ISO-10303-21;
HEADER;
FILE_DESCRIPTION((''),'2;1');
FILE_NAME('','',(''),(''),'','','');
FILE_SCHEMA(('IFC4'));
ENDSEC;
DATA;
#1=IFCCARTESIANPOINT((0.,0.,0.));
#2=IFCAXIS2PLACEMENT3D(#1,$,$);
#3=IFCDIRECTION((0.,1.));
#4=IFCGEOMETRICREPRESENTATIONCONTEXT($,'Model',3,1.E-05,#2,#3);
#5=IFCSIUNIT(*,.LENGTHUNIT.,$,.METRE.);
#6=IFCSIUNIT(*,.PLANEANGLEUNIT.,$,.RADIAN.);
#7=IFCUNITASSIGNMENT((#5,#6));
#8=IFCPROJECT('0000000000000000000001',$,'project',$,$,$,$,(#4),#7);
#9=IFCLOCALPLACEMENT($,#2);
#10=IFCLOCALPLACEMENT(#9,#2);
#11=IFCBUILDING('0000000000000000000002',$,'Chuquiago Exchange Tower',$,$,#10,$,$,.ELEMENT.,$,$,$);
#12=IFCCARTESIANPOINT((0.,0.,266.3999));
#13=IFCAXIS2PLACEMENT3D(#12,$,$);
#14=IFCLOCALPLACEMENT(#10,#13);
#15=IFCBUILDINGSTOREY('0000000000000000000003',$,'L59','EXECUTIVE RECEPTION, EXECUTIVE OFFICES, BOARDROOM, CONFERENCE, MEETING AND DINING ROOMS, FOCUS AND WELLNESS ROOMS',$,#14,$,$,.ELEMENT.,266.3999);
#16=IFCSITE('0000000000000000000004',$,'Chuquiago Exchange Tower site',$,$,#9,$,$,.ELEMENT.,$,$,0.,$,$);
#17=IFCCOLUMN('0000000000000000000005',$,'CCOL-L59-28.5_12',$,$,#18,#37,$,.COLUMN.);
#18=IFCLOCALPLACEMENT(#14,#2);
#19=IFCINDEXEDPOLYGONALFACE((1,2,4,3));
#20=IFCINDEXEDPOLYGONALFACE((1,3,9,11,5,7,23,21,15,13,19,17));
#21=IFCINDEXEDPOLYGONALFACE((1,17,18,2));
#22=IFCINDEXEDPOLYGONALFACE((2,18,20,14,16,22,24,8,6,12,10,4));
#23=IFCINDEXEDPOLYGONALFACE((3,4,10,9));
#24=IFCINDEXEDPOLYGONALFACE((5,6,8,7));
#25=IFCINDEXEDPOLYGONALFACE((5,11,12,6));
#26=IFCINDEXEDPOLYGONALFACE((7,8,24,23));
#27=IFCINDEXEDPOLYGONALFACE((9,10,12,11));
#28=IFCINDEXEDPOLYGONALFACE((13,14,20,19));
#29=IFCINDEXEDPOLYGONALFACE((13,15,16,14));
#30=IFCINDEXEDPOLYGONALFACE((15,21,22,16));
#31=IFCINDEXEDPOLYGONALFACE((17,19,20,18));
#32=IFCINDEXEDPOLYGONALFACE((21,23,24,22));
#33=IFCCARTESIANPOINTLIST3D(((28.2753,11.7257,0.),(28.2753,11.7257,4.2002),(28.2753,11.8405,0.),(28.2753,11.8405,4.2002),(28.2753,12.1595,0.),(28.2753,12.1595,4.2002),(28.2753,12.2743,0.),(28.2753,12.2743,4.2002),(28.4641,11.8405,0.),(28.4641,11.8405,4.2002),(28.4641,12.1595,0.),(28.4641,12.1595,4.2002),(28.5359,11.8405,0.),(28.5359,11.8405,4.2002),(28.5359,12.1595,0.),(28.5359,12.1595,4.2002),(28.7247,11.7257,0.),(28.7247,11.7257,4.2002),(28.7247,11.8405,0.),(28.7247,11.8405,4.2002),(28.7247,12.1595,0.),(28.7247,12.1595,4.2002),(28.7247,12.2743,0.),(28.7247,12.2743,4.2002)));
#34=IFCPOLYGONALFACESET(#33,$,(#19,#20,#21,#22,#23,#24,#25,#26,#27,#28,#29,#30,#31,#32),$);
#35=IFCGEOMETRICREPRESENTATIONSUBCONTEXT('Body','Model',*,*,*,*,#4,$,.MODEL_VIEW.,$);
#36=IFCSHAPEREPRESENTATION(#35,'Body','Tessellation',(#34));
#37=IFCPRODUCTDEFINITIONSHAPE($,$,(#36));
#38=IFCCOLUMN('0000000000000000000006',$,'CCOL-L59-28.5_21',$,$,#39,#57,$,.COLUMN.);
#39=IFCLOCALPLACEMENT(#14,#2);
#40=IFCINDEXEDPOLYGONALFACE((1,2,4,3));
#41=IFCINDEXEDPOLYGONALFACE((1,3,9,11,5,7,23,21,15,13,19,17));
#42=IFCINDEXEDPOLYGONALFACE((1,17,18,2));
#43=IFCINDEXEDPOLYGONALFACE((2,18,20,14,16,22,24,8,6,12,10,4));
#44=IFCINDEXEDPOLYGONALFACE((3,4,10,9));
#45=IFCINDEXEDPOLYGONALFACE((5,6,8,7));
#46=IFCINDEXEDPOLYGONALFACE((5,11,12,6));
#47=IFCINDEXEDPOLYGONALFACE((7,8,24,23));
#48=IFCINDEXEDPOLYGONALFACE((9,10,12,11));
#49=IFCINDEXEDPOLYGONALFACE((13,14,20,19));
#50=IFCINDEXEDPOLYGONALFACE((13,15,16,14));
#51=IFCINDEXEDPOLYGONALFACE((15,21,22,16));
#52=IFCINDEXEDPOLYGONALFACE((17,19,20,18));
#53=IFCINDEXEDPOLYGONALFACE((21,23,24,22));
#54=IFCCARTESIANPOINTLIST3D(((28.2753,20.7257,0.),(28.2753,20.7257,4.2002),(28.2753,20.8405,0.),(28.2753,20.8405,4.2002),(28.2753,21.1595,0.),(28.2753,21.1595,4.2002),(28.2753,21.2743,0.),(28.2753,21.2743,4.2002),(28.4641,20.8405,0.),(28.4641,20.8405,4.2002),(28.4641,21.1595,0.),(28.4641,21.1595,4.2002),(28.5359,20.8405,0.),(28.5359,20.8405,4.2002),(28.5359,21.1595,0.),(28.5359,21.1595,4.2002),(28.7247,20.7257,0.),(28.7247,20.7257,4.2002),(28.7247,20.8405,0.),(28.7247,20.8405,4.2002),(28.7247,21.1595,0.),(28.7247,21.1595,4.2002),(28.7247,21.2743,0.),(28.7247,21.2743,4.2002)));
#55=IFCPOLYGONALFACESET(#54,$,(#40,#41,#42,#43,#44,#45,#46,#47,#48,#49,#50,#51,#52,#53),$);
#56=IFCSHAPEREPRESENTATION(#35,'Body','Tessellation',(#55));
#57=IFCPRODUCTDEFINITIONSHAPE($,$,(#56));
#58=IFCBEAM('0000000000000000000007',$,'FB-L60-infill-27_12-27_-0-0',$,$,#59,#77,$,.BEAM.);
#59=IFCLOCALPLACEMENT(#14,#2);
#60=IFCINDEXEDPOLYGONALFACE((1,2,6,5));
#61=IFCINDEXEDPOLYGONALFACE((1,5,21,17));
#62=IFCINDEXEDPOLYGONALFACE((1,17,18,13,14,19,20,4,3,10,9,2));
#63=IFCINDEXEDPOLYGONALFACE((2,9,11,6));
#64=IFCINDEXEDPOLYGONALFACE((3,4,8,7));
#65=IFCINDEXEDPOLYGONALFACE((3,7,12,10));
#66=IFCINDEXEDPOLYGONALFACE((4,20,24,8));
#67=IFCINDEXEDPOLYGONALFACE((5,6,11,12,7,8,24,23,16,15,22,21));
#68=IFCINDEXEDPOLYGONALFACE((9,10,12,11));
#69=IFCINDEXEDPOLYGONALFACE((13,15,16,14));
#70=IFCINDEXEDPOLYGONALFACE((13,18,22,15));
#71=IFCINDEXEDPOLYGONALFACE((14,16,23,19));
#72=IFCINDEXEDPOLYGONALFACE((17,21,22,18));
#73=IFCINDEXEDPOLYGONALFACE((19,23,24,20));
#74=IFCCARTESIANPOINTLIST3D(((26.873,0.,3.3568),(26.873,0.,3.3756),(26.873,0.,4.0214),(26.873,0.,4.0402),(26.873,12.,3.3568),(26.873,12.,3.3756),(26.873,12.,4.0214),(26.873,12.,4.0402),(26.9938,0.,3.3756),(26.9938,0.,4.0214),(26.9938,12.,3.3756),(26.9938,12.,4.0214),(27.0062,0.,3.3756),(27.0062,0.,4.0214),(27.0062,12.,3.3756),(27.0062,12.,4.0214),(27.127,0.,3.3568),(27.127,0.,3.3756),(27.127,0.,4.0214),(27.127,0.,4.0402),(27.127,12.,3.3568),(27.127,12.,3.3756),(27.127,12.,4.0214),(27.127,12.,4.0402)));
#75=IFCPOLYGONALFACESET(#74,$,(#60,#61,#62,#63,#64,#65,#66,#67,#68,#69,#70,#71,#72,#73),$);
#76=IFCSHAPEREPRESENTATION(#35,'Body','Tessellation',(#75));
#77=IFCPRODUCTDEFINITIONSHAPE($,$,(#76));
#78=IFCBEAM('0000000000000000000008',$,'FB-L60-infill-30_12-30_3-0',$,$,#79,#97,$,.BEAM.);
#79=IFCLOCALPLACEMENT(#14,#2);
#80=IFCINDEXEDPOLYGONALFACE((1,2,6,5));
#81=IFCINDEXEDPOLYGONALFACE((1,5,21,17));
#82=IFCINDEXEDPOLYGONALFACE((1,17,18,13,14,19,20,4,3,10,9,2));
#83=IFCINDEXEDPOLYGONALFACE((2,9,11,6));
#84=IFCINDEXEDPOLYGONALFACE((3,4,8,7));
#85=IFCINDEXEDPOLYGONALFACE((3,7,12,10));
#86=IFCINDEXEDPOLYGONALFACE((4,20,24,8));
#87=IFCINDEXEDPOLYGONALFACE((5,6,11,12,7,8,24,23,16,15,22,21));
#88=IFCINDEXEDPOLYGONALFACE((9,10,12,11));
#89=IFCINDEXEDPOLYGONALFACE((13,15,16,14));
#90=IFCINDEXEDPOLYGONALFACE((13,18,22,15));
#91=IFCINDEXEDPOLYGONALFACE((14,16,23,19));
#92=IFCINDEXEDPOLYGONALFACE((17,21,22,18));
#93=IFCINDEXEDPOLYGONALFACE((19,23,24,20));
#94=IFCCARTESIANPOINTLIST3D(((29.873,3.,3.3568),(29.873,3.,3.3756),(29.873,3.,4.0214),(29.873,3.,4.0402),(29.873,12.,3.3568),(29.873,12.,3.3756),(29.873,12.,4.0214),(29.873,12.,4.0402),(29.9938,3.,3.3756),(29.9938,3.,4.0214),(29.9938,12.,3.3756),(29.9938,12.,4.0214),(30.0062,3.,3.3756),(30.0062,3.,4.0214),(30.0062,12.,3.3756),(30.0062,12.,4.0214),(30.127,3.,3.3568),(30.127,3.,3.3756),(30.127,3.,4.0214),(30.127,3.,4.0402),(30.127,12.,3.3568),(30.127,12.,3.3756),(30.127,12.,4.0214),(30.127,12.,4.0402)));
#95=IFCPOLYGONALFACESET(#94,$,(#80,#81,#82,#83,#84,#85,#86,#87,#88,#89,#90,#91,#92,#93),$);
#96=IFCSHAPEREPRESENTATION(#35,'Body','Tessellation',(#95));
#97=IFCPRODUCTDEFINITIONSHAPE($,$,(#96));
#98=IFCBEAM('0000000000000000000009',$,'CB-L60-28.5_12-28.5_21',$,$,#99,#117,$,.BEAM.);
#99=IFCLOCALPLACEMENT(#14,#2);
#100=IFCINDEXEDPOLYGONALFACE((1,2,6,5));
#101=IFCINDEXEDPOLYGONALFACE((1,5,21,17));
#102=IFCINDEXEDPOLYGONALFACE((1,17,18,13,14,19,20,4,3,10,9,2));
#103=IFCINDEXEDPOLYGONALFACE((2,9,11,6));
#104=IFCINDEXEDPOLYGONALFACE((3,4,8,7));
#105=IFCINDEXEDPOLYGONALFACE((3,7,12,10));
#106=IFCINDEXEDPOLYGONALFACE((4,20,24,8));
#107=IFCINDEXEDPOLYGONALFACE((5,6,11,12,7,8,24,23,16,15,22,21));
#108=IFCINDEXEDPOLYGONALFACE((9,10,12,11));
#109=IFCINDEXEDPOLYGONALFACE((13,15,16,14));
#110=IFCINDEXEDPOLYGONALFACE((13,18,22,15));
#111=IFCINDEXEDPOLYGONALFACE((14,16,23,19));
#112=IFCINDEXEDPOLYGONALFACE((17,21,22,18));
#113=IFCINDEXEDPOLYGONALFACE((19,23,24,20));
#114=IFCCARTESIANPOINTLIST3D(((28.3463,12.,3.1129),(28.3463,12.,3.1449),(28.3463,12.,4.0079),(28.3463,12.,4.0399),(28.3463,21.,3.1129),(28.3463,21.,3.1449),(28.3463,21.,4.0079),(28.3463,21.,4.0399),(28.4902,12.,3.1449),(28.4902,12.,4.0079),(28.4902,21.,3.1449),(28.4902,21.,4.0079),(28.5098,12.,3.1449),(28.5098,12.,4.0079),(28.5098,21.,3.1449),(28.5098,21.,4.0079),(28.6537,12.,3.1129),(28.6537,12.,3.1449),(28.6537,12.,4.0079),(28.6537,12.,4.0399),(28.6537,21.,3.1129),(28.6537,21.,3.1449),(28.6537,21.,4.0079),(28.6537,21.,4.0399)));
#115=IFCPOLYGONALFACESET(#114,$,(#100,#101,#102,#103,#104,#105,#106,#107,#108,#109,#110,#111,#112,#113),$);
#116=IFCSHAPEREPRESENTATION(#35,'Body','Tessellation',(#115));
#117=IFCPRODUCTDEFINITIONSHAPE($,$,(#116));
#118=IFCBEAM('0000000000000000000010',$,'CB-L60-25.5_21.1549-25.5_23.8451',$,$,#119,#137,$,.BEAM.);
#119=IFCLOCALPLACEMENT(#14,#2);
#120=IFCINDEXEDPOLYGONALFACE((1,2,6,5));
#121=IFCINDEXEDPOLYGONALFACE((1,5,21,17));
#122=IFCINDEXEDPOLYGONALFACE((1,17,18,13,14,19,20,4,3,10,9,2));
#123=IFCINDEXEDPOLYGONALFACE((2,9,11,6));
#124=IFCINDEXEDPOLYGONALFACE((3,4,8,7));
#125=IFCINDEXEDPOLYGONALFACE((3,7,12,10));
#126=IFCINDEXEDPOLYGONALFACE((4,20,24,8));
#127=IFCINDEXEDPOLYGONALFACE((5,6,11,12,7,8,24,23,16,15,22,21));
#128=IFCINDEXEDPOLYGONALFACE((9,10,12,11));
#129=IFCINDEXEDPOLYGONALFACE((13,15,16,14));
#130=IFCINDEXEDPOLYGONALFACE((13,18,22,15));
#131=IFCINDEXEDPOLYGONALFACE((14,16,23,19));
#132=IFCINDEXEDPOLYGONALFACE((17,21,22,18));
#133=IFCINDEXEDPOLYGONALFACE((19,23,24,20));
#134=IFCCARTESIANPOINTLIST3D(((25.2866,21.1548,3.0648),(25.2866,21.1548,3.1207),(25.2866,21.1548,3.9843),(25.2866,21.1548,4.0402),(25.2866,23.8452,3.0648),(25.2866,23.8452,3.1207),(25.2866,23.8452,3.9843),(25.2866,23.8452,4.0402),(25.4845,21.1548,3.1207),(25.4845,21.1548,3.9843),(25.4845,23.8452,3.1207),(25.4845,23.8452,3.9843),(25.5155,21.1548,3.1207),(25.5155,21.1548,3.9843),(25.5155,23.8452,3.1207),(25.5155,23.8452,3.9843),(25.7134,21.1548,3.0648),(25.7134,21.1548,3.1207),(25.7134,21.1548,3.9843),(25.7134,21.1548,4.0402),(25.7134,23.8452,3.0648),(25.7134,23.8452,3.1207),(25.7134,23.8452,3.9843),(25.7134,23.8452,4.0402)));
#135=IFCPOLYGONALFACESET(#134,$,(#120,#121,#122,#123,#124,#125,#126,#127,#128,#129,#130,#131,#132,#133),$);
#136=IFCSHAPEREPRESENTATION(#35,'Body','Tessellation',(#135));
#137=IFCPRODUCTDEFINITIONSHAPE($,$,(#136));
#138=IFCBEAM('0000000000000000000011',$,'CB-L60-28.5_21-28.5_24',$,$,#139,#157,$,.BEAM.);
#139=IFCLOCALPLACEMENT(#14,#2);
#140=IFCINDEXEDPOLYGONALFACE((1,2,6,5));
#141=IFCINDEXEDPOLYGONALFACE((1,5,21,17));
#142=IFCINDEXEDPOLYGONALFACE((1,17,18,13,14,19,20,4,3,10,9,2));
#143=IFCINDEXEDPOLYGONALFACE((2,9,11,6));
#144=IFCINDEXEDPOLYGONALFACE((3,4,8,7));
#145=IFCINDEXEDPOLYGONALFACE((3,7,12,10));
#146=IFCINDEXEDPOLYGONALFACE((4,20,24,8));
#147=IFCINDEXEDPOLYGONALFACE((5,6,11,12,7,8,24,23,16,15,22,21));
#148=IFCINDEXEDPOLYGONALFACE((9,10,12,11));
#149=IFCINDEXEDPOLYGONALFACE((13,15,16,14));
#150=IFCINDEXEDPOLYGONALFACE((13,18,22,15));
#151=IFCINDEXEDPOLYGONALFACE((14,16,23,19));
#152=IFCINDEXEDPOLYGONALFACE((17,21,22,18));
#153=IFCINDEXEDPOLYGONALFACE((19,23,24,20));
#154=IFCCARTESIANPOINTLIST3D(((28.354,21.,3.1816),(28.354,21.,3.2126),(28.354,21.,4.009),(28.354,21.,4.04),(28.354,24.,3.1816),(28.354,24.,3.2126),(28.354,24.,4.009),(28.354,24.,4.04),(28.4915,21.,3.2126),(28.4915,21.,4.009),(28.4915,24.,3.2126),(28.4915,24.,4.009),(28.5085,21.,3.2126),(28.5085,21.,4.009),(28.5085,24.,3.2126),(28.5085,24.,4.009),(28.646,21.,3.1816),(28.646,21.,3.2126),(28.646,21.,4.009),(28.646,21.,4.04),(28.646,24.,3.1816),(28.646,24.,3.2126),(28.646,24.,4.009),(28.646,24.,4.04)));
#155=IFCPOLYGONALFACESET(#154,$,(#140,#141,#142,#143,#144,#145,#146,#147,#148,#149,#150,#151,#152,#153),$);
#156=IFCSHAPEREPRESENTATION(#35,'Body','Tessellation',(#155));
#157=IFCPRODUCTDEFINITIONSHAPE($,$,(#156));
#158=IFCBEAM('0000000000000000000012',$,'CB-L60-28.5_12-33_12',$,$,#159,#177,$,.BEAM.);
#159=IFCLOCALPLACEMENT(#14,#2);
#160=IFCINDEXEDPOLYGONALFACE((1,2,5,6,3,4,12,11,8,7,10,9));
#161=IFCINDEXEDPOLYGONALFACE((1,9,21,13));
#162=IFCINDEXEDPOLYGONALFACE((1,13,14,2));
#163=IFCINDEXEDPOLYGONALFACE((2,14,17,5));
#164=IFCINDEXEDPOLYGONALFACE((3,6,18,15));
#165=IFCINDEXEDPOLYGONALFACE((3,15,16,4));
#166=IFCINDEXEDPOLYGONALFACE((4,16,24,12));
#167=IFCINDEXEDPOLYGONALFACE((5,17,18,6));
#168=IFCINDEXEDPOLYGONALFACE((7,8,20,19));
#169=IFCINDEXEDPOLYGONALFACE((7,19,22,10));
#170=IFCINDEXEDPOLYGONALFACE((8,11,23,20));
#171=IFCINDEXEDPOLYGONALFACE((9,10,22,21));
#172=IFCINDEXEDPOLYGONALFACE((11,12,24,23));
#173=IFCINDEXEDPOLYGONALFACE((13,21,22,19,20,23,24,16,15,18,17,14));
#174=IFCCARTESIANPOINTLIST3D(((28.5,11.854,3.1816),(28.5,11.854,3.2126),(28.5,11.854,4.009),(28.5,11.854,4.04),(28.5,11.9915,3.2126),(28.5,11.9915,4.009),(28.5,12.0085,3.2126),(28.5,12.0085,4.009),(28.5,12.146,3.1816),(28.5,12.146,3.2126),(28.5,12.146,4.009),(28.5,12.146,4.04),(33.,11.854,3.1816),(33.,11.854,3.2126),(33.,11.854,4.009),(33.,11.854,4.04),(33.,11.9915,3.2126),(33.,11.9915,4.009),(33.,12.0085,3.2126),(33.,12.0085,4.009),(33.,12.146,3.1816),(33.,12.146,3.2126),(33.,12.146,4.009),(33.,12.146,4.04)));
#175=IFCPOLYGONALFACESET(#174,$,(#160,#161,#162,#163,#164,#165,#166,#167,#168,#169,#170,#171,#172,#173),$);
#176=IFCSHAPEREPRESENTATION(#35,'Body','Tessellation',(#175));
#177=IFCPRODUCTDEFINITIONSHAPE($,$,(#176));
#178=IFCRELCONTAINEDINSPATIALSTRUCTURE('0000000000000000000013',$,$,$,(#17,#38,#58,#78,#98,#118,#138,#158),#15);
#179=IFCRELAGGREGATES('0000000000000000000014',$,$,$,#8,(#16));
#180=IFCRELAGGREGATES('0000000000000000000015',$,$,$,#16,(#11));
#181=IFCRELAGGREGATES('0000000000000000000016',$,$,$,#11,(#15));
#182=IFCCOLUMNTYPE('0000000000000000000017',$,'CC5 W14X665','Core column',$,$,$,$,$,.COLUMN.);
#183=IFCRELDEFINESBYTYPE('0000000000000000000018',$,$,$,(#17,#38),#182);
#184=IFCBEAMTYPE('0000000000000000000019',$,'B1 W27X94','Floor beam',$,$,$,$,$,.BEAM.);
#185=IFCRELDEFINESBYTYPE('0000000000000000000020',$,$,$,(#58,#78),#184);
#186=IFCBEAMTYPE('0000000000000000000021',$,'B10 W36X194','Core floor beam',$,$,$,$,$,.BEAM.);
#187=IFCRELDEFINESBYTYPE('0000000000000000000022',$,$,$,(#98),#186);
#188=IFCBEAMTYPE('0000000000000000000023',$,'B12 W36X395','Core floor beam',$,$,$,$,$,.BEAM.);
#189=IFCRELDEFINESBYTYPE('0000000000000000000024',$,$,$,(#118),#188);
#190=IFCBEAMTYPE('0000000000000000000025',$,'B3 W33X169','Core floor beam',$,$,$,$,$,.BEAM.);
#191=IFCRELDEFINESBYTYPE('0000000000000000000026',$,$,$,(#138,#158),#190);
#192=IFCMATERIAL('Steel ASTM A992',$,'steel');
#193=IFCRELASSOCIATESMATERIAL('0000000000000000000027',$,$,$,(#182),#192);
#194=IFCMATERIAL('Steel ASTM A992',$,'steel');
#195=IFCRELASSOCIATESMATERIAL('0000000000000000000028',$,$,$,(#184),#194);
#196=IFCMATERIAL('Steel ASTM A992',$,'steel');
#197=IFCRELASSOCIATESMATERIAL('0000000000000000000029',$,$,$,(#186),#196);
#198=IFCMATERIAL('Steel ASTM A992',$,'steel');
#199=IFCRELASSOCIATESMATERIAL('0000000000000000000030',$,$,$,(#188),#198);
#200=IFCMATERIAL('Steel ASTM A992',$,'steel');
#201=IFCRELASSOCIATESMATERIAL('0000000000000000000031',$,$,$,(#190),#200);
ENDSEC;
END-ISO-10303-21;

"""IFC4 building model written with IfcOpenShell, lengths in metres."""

from ifc_helpers import new_model, si_unit, direction, frame, origin, origin_2d, place, context, subcontext, project, spatial, i_section, extrude, material, material_profile, profile_set, type_object, element, save


model = new_model("IFC4")

# Units and contexts
model_context = context("Model", 3, precision=1e-05, world=origin(), true_north=direction((0.0, 1.0)))
body_context = subcontext(model_context, "Body", "Model", "MODEL_VIEW")
ifc_project = project(units=[si_unit("LENGTHUNIT", "METRE"), si_unit("PLANEANGLEUNIT", "RADIAN")], contexts=[model_context])

# Site, building, storey
site_placement = place(None, origin())
site = spatial("IfcSite", under=ifc_project, at=site_placement, Name="Chuquiago Exchange Tower site", CompositionType="ELEMENT", RefElevation=0.0)
building_placement = place(site_placement, origin())
building = spatial("IfcBuilding", under=site, at=building_placement, Name="Chuquiago Exchange Tower", CompositionType="ELEMENT")
storey_placement = place(building_placement, frame((0.0, 0.0, 266.3999)))
storey = spatial("IfcBuildingStorey", under=building, at=storey_placement, Name="L59", Description="EXECUTIVE RECEPTION, EXECUTIVE OFFICES, BOARDROOM, CONFERENCE, MEETING AND DINING ROOMS, FOCUS AND WELLNESS ROOMS", CompositionType="ELEMENT", Elevation=266.3999)

# Columns
ifc_material_1 = material(Name="Steel ASTM A992", Category="steel")
ifc_material_profile_1 = material_profile(ifc_material_1, i_section(OverallWidth=0.4495, OverallDepth=0.5486, WebThickness=0.0718, FlangeThickness=0.1147, at=origin_2d()), Name="W14X665")
ifc_profile_set_1 = profile_set([ifc_material_profile_1], Name="Steel ASTM A992")
column_type = type_object("IfcColumnType", Name="CC5 W14X665", Description="Core column", PredefinedType="COLUMN", material=ifc_profile_set_1)
for number, where, z_axis, x_axis, name in (
    (1, (28.5, 12.0, 0.0), (0.0, 0.0, 1.0), (1.0, 0.0, 0.0), "CCOL-L59-28.5_12"),
    (2, (28.5, 21.0, 0.0), (0.0, 0.0, 1.0), (1.0, 0.0, 0.0), "CCOL-L59-28.5_21"),
):
    element("IfcColumn", number, at=place(storey_placement, frame(where, z_axis=z_axis, x_axis=x_axis)), inside=storey, type_object=column_type, Name=name, PredefinedType="COLUMN", context=body_context, shape_type="SweptSolid", body=[
        extrude(i_section(OverallWidth=0.4495, OverallDepth=0.5486, WebThickness=0.0718, FlangeThickness=0.1147, at=origin_2d()), origin(), (0.0, 0.0, 1.0), 4.2002),
    ])

# Beams
ifc_material_2 = material(Name="Steel ASTM A992", Category="steel")
ifc_material_profile_2 = material_profile(ifc_material_2, i_section(OverallWidth=0.2539, OverallDepth=0.6833, WebThickness=0.0125, FlangeThickness=0.0188, at=origin_2d()), Name="W27X94")
ifc_profile_set_2 = profile_set([ifc_material_profile_2], Name="Steel ASTM A992")
beam_type_1 = type_object("IfcBeamType", Name="B1 W27X94", Description="Floor beam", PredefinedType="BEAM", material=ifc_profile_set_2)
beam_1_placement = place(storey_placement, frame((27.0, 12.0, 3.6985), z_axis=(0.0, -1.0, 0.0), x_axis=(1.0, 0.0, 0.0)))
element("IfcBeam", 3, at=beam_1_placement, inside=storey, type_object=beam_type_1, Name="FB-L60-infill-27_12-27_-0-0", PredefinedType="BEAM", context=body_context, shape_type="SweptSolid", body=[
    extrude(i_section(OverallWidth=0.2539, OverallDepth=0.6833, WebThickness=0.0125, FlangeThickness=0.0188, at=origin_2d()), origin(), (0.0, 0.0, 1.0), 12.0),
])
beam_2_placement = place(storey_placement, frame((30.0, 12.0, 3.6985), z_axis=(0.0, -1.0, 0.0), x_axis=(1.0, 0.0, 0.0)))
element("IfcBeam", 4, at=beam_2_placement, inside=storey, type_object=beam_type_1, Name="FB-L60-infill-30_12-30_3-0", PredefinedType="BEAM", context=body_context, shape_type="SweptSolid", body=[
    extrude(i_section(OverallWidth=0.2539, OverallDepth=0.6833, WebThickness=0.0125, FlangeThickness=0.0188, at=origin_2d()), origin(), (0.0, 0.0, 1.0), 9.0),
])
ifc_material_3 = material(Name="Steel ASTM A992", Category="steel")
ifc_material_profile_3 = material_profile(ifc_material_3, i_section(OverallWidth=0.3074, OverallDepth=0.927, WebThickness=0.0195, FlangeThickness=0.032, at=origin_2d()), Name="W36X194")
ifc_profile_set_3 = profile_set([ifc_material_profile_3], Name="Steel ASTM A992")
beam_type_2 = type_object("IfcBeamType", Name="B10 W36X194", Description="Core floor beam", PredefinedType="BEAM", material=ifc_profile_set_3)
beam_3_placement = place(storey_placement, frame((28.5, 12.0, 3.5764), z_axis=(0.0, 1.0, 0.0), x_axis=(-1.0, 0.0, 0.0)))
element("IfcBeam", 5, at=beam_3_placement, inside=storey, type_object=beam_type_2, Name="CB-L60-28.5_12-28.5_21", PredefinedType="BEAM", context=body_context, shape_type="SweptSolid", body=[
    extrude(i_section(OverallWidth=0.3074, OverallDepth=0.927, WebThickness=0.0195, FlangeThickness=0.032, at=origin_2d()), origin(), (0.0, 0.0, 1.0), 9.0),
])
ifc_material_4 = material(Name="Steel ASTM A992", Category="steel")
ifc_material_profile_4 = material_profile(ifc_material_4, i_section(OverallWidth=0.4268, OverallDepth=0.9753, WebThickness=0.031, FlangeThickness=0.0559, at=origin_2d()), Name="W36X395")
ifc_profile_set_4 = profile_set([ifc_material_profile_4], Name="Steel ASTM A992")
beam_type_3 = type_object("IfcBeamType", Name="B12 W36X395", Description="Core floor beam", PredefinedType="BEAM", material=ifc_profile_set_4)
beam_4_placement = place(storey_placement, frame((25.5, 21.1548, 3.5525), z_axis=(0.0, 1.0, 0.0), x_axis=(-1.0, 0.0, 0.0)))
element("IfcBeam", 6, at=beam_4_placement, inside=storey, type_object=beam_type_3, Name="CB-L60-25.5_21.1549-25.5_23.8451", PredefinedType="BEAM", context=body_context, shape_type="SweptSolid", body=[
    extrude(i_section(OverallWidth=0.4268, OverallDepth=0.9753, WebThickness=0.031, FlangeThickness=0.0559, at=origin_2d()), origin(), (0.0, 0.0, 1.0), 2.6904),
])
ifc_material_5 = material(Name="Steel ASTM A992", Category="steel")
ifc_material_profile_5 = material_profile(ifc_material_5, i_section(OverallWidth=0.292, OverallDepth=0.8584, WebThickness=0.0171, FlangeThickness=0.031, at=origin_2d()), Name="W33X169")
ifc_profile_set_5 = profile_set([ifc_material_profile_5], Name="Steel ASTM A992")
beam_type_4 = type_object("IfcBeamType", Name="B3 W33X169", Description="Core floor beam", PredefinedType="BEAM", material=ifc_profile_set_5)
beam_5_placement = place(storey_placement, frame((28.5, 21.0, 3.6108), z_axis=(0.0, 1.0, 0.0), x_axis=(-1.0, 0.0, 0.0)))
element("IfcBeam", 7, at=beam_5_placement, inside=storey, type_object=beam_type_4, Name="CB-L60-28.5_21-28.5_24", PredefinedType="BEAM", context=body_context, shape_type="SweptSolid", body=[
    extrude(i_section(OverallWidth=0.292, OverallDepth=0.8584, WebThickness=0.0171, FlangeThickness=0.031, at=origin_2d()), origin(), (0.0, 0.0, 1.0), 3.0),
])
for number, where, z_axis, x_axis, name in (
    (8, (28.5, 12.0, 3.6108), (1.0, 0.0, 0.0), (0.0, 1.0, 0.0), "CB-L60-28.5_12-33_12"),
):
    element("IfcBeam", number, at=place(storey_placement, frame(where, z_axis=z_axis, x_axis=x_axis)), inside=storey, type_object=beam_type_4, Name=name, PredefinedType="BEAM", context=body_context, shape_type="SweptSolid", body=[
        extrude(i_section(OverallWidth=0.292, OverallDepth=0.8584, WebThickness=0.0171, FlangeThickness=0.031, at=origin_2d()), origin(), (0.0, 0.0, 1.0), 4.5),
    ])

save(model, "model.ifc")
